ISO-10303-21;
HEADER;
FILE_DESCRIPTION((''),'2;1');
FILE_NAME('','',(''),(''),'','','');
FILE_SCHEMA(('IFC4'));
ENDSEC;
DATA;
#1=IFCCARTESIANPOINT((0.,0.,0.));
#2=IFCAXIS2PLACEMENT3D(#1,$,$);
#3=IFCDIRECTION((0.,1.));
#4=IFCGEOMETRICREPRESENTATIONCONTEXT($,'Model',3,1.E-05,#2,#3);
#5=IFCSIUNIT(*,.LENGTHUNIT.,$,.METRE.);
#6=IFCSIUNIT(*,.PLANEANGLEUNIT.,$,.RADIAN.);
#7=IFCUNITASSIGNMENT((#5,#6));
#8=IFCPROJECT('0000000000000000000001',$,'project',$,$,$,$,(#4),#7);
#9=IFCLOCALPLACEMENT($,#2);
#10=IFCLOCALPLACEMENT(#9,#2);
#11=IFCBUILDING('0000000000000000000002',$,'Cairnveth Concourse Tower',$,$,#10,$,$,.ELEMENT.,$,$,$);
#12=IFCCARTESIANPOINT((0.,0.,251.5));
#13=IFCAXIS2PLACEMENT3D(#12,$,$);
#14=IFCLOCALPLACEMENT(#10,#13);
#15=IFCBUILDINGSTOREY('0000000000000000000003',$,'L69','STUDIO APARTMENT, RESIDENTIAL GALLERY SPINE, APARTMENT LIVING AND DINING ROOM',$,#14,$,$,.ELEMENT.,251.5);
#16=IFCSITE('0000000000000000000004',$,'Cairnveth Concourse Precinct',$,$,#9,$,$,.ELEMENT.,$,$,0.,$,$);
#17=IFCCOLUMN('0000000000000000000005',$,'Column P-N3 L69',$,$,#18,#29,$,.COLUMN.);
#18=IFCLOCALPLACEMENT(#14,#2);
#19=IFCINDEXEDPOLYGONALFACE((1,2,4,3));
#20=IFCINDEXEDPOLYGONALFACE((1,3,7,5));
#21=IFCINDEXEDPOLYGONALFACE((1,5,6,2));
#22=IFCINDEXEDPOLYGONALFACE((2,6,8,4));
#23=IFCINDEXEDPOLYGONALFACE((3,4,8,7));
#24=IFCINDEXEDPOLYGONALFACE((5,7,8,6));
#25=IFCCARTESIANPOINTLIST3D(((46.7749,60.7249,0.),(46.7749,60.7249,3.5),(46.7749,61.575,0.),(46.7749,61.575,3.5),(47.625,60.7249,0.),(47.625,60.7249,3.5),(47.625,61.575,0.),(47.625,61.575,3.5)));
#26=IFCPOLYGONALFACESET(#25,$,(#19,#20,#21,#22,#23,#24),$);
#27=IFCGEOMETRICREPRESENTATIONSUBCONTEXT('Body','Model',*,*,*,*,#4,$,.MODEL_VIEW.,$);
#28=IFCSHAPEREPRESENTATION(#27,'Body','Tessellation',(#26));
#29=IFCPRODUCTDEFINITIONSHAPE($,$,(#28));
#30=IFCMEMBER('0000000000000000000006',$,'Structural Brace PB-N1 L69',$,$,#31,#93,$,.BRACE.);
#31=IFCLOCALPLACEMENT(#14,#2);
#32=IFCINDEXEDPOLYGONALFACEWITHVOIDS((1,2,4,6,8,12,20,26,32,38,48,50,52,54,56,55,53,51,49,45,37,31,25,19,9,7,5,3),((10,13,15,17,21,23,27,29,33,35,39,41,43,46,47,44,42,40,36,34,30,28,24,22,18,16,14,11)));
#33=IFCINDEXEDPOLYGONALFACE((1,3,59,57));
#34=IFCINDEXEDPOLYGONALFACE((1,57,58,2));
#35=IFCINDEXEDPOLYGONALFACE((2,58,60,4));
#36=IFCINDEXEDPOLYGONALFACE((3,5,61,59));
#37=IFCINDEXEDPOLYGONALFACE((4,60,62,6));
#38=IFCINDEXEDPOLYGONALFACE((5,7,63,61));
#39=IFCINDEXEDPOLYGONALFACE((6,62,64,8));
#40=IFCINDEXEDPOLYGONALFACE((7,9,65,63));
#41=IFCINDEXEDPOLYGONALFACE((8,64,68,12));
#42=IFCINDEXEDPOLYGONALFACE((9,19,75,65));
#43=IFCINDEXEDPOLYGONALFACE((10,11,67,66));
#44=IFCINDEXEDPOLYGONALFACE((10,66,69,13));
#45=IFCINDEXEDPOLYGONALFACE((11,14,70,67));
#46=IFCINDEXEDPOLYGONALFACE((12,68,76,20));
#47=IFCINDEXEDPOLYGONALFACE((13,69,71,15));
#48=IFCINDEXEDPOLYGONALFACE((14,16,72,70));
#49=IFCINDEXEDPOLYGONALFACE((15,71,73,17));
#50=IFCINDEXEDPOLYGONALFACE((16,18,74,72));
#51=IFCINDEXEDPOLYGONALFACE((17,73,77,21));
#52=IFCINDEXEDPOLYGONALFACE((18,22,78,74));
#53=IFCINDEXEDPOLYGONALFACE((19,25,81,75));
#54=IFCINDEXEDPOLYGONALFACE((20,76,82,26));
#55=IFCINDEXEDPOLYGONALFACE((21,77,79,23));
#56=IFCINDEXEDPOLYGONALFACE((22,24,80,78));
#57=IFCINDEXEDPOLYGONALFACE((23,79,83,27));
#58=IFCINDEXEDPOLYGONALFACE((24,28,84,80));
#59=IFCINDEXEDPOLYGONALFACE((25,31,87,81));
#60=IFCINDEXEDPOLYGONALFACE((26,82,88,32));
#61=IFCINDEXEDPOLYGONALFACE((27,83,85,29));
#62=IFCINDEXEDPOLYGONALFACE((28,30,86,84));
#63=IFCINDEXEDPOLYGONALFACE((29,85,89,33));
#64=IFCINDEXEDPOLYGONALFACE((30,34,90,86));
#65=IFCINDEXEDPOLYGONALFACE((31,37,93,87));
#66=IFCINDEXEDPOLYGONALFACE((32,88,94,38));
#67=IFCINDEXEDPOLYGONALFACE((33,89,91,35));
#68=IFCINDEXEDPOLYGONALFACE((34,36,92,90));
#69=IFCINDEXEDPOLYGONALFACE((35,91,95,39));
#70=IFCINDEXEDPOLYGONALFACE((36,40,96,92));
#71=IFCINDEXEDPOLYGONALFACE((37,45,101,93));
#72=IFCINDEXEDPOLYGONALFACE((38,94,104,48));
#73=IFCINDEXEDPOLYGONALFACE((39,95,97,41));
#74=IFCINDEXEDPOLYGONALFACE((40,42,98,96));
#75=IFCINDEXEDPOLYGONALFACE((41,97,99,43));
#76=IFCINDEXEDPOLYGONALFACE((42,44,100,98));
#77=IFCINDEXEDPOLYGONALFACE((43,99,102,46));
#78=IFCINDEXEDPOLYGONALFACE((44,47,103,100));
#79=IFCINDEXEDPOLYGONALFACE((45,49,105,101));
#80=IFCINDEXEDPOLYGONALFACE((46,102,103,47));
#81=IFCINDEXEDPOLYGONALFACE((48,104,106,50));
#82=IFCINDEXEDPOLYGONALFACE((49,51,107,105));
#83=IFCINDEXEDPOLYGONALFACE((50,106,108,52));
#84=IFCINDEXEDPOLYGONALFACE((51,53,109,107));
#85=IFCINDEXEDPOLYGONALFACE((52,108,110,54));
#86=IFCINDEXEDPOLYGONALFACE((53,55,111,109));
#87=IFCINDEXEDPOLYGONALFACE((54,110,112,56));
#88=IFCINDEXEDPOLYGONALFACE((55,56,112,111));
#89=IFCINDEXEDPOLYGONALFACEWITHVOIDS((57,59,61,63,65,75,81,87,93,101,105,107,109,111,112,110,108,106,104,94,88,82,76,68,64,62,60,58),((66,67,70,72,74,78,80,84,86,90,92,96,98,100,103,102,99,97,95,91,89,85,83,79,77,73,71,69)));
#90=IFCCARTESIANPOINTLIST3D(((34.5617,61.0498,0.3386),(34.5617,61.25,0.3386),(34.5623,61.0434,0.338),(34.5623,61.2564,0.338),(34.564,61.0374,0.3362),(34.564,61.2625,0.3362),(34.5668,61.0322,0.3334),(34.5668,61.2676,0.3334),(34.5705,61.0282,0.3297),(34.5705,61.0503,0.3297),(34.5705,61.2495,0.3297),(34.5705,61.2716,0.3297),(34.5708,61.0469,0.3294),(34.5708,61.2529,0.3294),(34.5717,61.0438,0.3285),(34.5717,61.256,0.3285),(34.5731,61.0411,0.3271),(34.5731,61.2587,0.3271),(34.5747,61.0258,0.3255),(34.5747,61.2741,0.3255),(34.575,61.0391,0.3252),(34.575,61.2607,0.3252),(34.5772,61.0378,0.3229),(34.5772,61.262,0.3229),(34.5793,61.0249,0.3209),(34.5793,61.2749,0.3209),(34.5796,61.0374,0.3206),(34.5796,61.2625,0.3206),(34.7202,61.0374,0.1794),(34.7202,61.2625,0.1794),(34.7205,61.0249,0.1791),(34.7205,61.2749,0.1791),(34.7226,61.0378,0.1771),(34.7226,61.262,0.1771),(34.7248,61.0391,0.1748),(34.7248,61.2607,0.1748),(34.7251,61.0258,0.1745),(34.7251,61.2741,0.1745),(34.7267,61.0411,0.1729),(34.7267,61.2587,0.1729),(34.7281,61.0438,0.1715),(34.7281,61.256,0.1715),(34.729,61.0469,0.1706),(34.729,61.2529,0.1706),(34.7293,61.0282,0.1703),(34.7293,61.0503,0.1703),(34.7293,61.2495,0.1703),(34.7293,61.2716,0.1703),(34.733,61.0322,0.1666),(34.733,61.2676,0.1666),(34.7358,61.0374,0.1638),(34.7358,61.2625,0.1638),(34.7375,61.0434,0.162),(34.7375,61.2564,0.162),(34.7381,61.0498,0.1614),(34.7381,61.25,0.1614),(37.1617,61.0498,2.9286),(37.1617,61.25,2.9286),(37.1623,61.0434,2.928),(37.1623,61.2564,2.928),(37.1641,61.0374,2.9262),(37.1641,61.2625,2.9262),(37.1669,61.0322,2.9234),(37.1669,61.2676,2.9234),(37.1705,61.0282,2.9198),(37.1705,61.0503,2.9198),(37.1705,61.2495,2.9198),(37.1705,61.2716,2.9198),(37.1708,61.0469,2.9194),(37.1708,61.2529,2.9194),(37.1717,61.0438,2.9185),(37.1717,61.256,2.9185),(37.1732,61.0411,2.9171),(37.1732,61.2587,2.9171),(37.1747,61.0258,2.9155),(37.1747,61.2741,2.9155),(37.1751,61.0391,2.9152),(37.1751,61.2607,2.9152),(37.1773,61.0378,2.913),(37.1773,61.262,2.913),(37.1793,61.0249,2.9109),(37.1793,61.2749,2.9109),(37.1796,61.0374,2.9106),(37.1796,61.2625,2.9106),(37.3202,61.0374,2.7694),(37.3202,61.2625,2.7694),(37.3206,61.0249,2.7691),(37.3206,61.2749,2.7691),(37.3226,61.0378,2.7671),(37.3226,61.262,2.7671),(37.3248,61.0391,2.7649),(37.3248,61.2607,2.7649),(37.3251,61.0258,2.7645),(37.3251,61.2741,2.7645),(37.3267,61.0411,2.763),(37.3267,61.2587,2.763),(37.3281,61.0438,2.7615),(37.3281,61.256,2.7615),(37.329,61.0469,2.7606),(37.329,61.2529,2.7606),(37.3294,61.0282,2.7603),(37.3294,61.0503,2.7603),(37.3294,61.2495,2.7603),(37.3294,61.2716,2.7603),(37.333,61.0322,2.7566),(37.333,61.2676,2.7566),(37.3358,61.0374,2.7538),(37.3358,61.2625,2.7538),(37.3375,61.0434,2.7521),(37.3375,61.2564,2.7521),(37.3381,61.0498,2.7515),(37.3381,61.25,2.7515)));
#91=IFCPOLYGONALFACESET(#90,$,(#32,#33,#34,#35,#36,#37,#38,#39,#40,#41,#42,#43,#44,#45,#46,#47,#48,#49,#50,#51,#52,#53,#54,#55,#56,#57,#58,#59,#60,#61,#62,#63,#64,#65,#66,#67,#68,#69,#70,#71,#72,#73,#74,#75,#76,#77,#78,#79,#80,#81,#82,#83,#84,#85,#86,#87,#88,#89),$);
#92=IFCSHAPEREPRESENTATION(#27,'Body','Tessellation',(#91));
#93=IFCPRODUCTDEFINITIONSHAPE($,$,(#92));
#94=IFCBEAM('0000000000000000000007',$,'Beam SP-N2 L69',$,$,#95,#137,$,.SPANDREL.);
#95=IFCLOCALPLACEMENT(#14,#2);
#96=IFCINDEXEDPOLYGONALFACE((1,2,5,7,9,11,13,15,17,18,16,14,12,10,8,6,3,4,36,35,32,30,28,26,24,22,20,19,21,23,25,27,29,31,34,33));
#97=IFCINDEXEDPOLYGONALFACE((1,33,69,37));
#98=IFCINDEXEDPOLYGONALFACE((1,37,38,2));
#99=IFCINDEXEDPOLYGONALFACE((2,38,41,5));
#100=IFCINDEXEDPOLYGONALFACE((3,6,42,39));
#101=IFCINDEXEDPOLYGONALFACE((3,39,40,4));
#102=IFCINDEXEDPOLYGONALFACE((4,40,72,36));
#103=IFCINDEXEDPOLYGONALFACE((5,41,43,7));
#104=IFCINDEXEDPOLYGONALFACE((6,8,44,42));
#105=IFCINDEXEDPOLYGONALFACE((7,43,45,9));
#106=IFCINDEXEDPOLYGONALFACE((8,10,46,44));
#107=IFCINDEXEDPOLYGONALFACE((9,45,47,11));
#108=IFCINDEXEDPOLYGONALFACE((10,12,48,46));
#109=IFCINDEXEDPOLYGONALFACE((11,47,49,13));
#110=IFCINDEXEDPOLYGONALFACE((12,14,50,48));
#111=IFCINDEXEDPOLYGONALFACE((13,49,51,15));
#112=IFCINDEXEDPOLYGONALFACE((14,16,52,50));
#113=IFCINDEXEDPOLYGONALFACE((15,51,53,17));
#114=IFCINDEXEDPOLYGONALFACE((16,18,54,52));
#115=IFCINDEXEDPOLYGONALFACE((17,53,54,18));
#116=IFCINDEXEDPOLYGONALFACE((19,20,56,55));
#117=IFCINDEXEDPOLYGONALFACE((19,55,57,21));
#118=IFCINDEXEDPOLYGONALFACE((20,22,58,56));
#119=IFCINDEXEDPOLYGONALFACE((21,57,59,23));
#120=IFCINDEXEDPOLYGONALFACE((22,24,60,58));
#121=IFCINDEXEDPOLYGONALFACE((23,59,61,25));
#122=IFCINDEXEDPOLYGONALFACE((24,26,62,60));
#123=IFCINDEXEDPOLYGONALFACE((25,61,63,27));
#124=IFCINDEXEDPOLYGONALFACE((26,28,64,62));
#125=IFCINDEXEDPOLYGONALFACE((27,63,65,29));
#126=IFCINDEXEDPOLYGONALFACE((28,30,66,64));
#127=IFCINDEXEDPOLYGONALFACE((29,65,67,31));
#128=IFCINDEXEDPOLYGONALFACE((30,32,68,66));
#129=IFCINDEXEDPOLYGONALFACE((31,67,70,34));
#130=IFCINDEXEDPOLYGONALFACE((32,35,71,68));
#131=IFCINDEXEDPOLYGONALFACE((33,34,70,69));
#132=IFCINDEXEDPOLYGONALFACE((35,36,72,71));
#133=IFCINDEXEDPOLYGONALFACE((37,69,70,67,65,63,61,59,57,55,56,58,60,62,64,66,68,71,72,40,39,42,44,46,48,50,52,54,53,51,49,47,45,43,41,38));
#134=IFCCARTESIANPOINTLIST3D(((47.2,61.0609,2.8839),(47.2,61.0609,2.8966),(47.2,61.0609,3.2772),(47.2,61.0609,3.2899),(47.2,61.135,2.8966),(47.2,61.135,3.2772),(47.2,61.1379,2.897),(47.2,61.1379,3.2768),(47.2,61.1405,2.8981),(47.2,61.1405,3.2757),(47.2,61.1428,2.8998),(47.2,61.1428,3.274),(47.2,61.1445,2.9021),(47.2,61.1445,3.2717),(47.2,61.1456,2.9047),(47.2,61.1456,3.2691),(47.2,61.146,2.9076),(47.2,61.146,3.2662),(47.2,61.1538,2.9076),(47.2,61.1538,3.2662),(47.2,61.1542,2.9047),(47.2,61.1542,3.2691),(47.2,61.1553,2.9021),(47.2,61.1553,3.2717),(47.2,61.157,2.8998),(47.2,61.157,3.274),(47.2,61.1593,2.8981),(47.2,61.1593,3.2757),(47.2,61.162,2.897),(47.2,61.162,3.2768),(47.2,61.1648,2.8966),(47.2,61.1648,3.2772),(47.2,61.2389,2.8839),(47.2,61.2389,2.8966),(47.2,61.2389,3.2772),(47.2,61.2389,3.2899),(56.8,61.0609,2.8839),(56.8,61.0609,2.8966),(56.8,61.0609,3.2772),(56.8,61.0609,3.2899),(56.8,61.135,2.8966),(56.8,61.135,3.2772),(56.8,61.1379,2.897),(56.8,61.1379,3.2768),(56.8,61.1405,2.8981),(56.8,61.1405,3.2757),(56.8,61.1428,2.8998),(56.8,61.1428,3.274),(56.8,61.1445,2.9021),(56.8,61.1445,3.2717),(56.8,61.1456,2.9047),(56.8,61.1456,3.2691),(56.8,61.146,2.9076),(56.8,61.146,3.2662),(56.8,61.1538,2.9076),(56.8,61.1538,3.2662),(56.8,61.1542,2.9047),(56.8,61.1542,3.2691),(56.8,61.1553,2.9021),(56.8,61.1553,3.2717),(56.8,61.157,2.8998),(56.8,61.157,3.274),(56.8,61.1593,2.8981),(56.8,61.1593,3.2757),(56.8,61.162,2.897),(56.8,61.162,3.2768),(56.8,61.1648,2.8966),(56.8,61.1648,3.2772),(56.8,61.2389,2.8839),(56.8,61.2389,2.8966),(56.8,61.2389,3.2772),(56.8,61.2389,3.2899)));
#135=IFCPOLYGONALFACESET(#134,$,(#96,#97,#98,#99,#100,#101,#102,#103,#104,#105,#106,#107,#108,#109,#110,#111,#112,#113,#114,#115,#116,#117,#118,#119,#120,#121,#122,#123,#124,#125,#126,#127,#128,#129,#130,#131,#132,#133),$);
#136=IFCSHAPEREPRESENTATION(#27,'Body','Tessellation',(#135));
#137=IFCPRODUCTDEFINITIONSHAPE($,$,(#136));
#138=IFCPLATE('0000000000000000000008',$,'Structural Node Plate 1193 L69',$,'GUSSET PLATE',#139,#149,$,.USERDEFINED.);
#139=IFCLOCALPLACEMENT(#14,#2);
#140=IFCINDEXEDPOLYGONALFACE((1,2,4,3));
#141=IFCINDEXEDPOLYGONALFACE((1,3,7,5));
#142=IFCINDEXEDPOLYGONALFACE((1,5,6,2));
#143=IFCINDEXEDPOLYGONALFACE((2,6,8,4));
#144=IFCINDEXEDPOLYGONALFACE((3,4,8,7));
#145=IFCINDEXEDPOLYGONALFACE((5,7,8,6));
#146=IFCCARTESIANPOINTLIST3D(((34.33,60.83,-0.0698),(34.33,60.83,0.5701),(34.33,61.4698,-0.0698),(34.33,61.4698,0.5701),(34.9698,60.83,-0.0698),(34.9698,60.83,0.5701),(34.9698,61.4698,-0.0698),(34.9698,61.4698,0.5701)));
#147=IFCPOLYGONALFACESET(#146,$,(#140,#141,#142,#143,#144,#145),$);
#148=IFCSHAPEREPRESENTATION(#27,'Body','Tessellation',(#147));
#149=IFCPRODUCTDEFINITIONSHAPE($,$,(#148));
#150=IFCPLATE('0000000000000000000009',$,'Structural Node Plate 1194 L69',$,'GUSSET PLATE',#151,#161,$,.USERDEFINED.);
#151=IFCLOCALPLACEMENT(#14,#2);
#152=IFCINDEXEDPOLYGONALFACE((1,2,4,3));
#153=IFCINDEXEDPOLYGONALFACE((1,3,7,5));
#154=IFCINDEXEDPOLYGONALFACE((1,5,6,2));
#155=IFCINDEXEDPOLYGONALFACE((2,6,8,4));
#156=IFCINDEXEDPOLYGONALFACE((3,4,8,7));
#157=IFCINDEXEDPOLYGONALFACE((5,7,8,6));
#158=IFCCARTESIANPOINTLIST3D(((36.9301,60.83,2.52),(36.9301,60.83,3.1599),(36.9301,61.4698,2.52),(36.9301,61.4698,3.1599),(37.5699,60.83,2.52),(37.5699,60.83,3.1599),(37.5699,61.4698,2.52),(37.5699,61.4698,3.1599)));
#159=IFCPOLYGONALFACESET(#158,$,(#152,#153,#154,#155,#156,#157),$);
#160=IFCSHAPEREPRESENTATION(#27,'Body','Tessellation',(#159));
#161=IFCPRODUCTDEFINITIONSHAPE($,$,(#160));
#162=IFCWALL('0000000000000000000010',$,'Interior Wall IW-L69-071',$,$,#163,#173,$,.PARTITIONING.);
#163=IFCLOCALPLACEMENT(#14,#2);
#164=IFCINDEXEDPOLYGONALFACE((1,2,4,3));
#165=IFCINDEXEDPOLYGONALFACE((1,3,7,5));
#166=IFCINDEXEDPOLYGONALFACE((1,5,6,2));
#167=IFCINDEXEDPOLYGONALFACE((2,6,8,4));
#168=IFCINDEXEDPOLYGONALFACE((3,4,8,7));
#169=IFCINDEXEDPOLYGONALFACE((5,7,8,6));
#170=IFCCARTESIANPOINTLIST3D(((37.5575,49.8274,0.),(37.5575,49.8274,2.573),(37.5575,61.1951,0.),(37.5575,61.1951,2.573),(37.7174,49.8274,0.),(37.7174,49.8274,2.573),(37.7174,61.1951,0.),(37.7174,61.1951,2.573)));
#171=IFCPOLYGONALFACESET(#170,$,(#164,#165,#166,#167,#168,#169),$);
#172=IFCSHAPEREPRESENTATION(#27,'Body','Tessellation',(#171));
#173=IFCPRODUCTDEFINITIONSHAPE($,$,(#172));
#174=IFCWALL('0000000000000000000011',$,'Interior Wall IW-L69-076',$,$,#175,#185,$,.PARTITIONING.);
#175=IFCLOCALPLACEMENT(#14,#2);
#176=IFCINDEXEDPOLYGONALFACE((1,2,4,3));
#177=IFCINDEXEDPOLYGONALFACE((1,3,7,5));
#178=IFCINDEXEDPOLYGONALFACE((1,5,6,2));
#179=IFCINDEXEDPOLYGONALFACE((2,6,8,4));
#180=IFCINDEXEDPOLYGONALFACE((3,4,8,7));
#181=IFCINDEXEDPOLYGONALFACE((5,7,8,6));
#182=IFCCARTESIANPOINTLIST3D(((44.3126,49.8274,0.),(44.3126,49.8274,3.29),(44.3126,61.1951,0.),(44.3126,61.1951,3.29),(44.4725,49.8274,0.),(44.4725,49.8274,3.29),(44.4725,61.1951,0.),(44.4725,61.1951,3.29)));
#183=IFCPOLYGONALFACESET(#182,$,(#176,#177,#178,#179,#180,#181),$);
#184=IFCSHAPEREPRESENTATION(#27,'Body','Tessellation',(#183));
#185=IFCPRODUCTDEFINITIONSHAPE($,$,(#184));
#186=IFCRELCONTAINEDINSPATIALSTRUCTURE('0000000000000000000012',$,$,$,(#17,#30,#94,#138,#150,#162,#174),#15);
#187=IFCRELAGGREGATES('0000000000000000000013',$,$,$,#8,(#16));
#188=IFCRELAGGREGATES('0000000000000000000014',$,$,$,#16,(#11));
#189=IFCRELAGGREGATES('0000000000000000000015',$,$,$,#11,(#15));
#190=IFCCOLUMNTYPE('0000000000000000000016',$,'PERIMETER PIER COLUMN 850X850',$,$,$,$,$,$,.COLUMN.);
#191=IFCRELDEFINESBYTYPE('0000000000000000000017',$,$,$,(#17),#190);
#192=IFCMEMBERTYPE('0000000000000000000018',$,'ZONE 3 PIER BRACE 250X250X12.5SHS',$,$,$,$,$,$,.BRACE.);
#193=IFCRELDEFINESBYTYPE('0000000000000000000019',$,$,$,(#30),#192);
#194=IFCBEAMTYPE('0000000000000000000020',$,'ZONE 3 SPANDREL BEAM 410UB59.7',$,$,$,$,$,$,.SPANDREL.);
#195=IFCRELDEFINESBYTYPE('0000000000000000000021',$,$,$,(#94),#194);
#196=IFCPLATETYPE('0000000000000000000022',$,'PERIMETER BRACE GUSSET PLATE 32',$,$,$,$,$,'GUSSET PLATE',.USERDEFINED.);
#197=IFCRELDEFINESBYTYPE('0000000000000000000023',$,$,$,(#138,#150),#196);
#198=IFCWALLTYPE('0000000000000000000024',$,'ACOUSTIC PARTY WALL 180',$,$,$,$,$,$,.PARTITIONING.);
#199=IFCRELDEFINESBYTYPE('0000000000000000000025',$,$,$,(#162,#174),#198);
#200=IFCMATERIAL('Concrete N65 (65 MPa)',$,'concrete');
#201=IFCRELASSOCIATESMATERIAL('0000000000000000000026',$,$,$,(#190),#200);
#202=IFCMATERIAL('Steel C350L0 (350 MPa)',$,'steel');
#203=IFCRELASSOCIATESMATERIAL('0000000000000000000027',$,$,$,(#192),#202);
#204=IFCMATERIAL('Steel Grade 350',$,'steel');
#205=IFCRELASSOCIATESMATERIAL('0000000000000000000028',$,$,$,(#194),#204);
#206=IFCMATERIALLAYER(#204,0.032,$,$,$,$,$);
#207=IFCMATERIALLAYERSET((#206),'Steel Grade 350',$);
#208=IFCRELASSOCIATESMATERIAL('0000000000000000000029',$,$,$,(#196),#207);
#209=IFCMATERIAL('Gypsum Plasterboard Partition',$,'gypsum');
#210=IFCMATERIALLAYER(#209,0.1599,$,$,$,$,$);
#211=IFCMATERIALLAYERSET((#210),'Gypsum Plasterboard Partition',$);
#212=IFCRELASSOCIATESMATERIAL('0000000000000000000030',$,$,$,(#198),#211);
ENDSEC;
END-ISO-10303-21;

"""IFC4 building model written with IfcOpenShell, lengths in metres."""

from ifc_helpers import new_model, si_unit, direction, frame, frame_2d, origin, origin_2d, place, context, subcontext, project, spatial, rectangle, hollow_rectangle, i_section, extrude, material, layer, layer_set, material_profile, profile_set, type_object, element, save


model = new_model("IFC4")

# Units and contexts
model_context = context("Model", 3, precision=1e-05, world=origin(), true_north=direction((0.0, 1.0)))
body_context = subcontext(model_context, "Body", "Model", "MODEL_VIEW")
ifc_project = project(units=[si_unit("LENGTHUNIT", "METRE"), si_unit("PLANEANGLEUNIT", "RADIAN")], contexts=[model_context])

# Site, building, storey
site_placement = place(None, origin())
site = spatial("IfcSite", under=ifc_project, at=site_placement, Name="Cairnveth Concourse Precinct", CompositionType="ELEMENT", RefElevation=0.0)
building_placement = place(site_placement, origin())
building = spatial("IfcBuilding", under=site, at=building_placement, Name="Cairnveth Concourse Tower", CompositionType="ELEMENT")
storey_placement = place(building_placement, frame((0.0, 0.0, 251.5)))
storey = spatial("IfcBuildingStorey", under=building, at=storey_placement, Name="L69", Description="STUDIO APARTMENT, RESIDENTIAL GALLERY SPINE, APARTMENT LIVING AND DINING ROOM", CompositionType="ELEMENT", Elevation=251.5)

# Column
ifc_material_1 = material(Name="Concrete N65 (65 MPa)", Category="concrete")
ifc_material_profile_1 = material_profile(ifc_material_1, rectangle(XDim=0.8501, YDim=0.8501, at=origin_2d()), Name="RC-COL-850x850")
ifc_profile_set_1 = profile_set([ifc_material_profile_1], Name="Concrete N65 (65 MPa)")
column_type = type_object("IfcColumnType", Name="PERIMETER PIER COLUMN 850X850", PredefinedType="COLUMN", material=ifc_profile_set_1)
column_placement = place(storey_placement, frame((47.2, 61.1499, 0.0), z_axis=(0.0, 0.0, 1.0), x_axis=(1.0, 0.0, 0.0)))
element("IfcColumn", 1, at=column_placement, inside=storey, type_object=column_type, Name="Column P-N3 L69", PredefinedType="COLUMN", context=body_context, shape_type="SweptSolid", body=[
    extrude(rectangle(XDim=0.8501, YDim=0.8501, at=origin_2d()), origin(), (0.0, 0.0, 1.0), 3.5),
])

# Member
ifc_material_2 = material(Name="Steel C350L0 (350 MPa)", Category="steel")
ifc_material_profile_2 = material_profile(ifc_material_2, hollow_rectangle(XDim=0.25, YDim=0.25, WallThickness=0.0125, InnerFilletRadius=0.0129, OuterFilletRadius=0.0249, at=origin_2d()), Name="250x250x12.5SHS")
ifc_profile_set_2 = profile_set([ifc_material_profile_2], Name="Steel C350L0 (350 MPa)")
member_type = type_object("IfcMemberType", Name="ZONE 3 PIER BRACE 250X250X12.5SHS", PredefinedType="BRACE", material=ifc_profile_set_2)
member_placement = place(storey_placement, frame((34.6499, 61.1499, 0.25), z_axis=(0.708469, 0.0, 0.705742), x_axis=(0.0, 1.0, 0.0)))
element("IfcMember", 2, at=member_placement, inside=storey, type_object=member_type, Name="Structural Brace PB-N1 L69", PredefinedType="BRACE", context=body_context, shape_type="SweptSolid", body=[
    extrude(hollow_rectangle(XDim=0.25, YDim=0.25, WallThickness=0.0125, InnerFilletRadius=0.0129, OuterFilletRadius=0.0249, at=origin_2d()), origin(), (0.0, 0.0, 1.0), 3.6699),
])

# Beam
ifc_material_3 = material(Name="Steel Grade 350", Category="steel")
ifc_material_profile_3 = material_profile(ifc_material_3, i_section(OverallWidth=0.178, OverallDepth=0.406, WebThickness=0.0078, FlangeThickness=0.0127, FilletRadius=0.011, at=origin_2d()), Name="410UB59.7")
ifc_profile_set_3 = profile_set([ifc_material_profile_3], Name="Steel Grade 350")
beam_type = type_object("IfcBeamType", Name="ZONE 3 SPANDREL BEAM 410UB59.7", PredefinedType="SPANDREL", material=ifc_profile_set_3)
beam_placement = place(storey_placement, frame((47.2, 61.1499, 3.0869), z_axis=(1.0, 0.0, 0.0), x_axis=(0.0, 1.0, 0.0)))
element("IfcBeam", 3, at=beam_placement, inside=storey, type_object=beam_type, Name="Beam SP-N2 L69", PredefinedType="SPANDREL", context=body_context, shape_type="SweptSolid", body=[
    extrude(i_section(OverallWidth=0.178, OverallDepth=0.406, WebThickness=0.0078, FlangeThickness=0.0127, FilletRadius=0.011, at=origin_2d()), origin(), (0.0, 0.0, 1.0), 9.6001),
])

# Plates
ifc_layer_1 = layer(ifc_material_3, 0.032)
ifc_layer_set_1 = layer_set([ifc_layer_1], Name="Steel Grade 350")
plate_type = type_object("IfcPlateType", Name="PERIMETER BRACE GUSSET PLATE 32", ElementType="GUSSET PLATE", PredefinedType="USERDEFINED", material=ifc_layer_set_1)
for number, where, z_axis, x_axis, name in (
    (4, (34.6499, 61.1499, -0.0698), (0.0, 0.0, 1.0), (1.0, 0.0, 0.0), "Structural Node Plate 1193 L69"),
    (5, (37.25, 61.1499, 2.52), (0.0, 0.0, 1.0), (1.0, 0.0, 0.0), "Structural Node Plate 1194 L69"),
):
    element("IfcPlate", number, at=place(storey_placement, frame(where, z_axis=z_axis, x_axis=x_axis)), inside=storey, type_object=plate_type, Name=name, ObjectType="GUSSET PLATE", PredefinedType="USERDEFINED", context=body_context, shape_type="SweptSolid", body=[
        extrude(rectangle(XDim=0.6399, YDim=0.6399, at=origin_2d()), origin(), (0.0, 0.0, 1.0), 0.6399),
    ])

# Walls
ifc_material_4 = material(Name="Gypsum Plasterboard Partition", Category="gypsum")
ifc_layer_2 = layer(ifc_material_4, 0.1599)
ifc_layer_set_2 = layer_set([ifc_layer_2], Name="Gypsum Plasterboard Partition")
wall_type_1 = type_object("IfcWallType", Name="ACOUSTIC PARTY WALL 180", PredefinedType="PARTITIONING", material=ifc_layer_set_2)
wall_1_placement = place(storey_placement, frame((37.6375, 49.8274, 0.0), z_axis=(0.0, 0.0, 1.0), x_axis=(0.0, 1.0, 0.0)))
element("IfcWall", 6, at=wall_1_placement, inside=storey, type_object=wall_type_1, Name="Interior Wall IW-L69-071", PredefinedType="PARTITIONING", context=body_context, shape_type="SweptSolid", body=[
    extrude(rectangle(XDim=11.3677, YDim=0.1599, at=frame_2d((5.6838, 0.0))), origin(), (0.0, 0.0, 1.0), 2.573),
])
wall_2_placement = place(storey_placement, frame((44.3926, 49.8274, 0.0), z_axis=(0.0, 0.0, 1.0), x_axis=(0.0, 1.0, 0.0)))
element("IfcWall", 7, at=wall_2_placement, inside=storey, type_object=wall_type_1, Name="Interior Wall IW-L69-076", PredefinedType="PARTITIONING", context=body_context, shape_type="SweptSolid", body=[
    extrude(rectangle(XDim=11.3677, YDim=0.1599, at=frame_2d((5.6838, 0.0))), origin(), (0.0, 0.0, 1.0), 3.29),
])

save(model, "model.ifc")
